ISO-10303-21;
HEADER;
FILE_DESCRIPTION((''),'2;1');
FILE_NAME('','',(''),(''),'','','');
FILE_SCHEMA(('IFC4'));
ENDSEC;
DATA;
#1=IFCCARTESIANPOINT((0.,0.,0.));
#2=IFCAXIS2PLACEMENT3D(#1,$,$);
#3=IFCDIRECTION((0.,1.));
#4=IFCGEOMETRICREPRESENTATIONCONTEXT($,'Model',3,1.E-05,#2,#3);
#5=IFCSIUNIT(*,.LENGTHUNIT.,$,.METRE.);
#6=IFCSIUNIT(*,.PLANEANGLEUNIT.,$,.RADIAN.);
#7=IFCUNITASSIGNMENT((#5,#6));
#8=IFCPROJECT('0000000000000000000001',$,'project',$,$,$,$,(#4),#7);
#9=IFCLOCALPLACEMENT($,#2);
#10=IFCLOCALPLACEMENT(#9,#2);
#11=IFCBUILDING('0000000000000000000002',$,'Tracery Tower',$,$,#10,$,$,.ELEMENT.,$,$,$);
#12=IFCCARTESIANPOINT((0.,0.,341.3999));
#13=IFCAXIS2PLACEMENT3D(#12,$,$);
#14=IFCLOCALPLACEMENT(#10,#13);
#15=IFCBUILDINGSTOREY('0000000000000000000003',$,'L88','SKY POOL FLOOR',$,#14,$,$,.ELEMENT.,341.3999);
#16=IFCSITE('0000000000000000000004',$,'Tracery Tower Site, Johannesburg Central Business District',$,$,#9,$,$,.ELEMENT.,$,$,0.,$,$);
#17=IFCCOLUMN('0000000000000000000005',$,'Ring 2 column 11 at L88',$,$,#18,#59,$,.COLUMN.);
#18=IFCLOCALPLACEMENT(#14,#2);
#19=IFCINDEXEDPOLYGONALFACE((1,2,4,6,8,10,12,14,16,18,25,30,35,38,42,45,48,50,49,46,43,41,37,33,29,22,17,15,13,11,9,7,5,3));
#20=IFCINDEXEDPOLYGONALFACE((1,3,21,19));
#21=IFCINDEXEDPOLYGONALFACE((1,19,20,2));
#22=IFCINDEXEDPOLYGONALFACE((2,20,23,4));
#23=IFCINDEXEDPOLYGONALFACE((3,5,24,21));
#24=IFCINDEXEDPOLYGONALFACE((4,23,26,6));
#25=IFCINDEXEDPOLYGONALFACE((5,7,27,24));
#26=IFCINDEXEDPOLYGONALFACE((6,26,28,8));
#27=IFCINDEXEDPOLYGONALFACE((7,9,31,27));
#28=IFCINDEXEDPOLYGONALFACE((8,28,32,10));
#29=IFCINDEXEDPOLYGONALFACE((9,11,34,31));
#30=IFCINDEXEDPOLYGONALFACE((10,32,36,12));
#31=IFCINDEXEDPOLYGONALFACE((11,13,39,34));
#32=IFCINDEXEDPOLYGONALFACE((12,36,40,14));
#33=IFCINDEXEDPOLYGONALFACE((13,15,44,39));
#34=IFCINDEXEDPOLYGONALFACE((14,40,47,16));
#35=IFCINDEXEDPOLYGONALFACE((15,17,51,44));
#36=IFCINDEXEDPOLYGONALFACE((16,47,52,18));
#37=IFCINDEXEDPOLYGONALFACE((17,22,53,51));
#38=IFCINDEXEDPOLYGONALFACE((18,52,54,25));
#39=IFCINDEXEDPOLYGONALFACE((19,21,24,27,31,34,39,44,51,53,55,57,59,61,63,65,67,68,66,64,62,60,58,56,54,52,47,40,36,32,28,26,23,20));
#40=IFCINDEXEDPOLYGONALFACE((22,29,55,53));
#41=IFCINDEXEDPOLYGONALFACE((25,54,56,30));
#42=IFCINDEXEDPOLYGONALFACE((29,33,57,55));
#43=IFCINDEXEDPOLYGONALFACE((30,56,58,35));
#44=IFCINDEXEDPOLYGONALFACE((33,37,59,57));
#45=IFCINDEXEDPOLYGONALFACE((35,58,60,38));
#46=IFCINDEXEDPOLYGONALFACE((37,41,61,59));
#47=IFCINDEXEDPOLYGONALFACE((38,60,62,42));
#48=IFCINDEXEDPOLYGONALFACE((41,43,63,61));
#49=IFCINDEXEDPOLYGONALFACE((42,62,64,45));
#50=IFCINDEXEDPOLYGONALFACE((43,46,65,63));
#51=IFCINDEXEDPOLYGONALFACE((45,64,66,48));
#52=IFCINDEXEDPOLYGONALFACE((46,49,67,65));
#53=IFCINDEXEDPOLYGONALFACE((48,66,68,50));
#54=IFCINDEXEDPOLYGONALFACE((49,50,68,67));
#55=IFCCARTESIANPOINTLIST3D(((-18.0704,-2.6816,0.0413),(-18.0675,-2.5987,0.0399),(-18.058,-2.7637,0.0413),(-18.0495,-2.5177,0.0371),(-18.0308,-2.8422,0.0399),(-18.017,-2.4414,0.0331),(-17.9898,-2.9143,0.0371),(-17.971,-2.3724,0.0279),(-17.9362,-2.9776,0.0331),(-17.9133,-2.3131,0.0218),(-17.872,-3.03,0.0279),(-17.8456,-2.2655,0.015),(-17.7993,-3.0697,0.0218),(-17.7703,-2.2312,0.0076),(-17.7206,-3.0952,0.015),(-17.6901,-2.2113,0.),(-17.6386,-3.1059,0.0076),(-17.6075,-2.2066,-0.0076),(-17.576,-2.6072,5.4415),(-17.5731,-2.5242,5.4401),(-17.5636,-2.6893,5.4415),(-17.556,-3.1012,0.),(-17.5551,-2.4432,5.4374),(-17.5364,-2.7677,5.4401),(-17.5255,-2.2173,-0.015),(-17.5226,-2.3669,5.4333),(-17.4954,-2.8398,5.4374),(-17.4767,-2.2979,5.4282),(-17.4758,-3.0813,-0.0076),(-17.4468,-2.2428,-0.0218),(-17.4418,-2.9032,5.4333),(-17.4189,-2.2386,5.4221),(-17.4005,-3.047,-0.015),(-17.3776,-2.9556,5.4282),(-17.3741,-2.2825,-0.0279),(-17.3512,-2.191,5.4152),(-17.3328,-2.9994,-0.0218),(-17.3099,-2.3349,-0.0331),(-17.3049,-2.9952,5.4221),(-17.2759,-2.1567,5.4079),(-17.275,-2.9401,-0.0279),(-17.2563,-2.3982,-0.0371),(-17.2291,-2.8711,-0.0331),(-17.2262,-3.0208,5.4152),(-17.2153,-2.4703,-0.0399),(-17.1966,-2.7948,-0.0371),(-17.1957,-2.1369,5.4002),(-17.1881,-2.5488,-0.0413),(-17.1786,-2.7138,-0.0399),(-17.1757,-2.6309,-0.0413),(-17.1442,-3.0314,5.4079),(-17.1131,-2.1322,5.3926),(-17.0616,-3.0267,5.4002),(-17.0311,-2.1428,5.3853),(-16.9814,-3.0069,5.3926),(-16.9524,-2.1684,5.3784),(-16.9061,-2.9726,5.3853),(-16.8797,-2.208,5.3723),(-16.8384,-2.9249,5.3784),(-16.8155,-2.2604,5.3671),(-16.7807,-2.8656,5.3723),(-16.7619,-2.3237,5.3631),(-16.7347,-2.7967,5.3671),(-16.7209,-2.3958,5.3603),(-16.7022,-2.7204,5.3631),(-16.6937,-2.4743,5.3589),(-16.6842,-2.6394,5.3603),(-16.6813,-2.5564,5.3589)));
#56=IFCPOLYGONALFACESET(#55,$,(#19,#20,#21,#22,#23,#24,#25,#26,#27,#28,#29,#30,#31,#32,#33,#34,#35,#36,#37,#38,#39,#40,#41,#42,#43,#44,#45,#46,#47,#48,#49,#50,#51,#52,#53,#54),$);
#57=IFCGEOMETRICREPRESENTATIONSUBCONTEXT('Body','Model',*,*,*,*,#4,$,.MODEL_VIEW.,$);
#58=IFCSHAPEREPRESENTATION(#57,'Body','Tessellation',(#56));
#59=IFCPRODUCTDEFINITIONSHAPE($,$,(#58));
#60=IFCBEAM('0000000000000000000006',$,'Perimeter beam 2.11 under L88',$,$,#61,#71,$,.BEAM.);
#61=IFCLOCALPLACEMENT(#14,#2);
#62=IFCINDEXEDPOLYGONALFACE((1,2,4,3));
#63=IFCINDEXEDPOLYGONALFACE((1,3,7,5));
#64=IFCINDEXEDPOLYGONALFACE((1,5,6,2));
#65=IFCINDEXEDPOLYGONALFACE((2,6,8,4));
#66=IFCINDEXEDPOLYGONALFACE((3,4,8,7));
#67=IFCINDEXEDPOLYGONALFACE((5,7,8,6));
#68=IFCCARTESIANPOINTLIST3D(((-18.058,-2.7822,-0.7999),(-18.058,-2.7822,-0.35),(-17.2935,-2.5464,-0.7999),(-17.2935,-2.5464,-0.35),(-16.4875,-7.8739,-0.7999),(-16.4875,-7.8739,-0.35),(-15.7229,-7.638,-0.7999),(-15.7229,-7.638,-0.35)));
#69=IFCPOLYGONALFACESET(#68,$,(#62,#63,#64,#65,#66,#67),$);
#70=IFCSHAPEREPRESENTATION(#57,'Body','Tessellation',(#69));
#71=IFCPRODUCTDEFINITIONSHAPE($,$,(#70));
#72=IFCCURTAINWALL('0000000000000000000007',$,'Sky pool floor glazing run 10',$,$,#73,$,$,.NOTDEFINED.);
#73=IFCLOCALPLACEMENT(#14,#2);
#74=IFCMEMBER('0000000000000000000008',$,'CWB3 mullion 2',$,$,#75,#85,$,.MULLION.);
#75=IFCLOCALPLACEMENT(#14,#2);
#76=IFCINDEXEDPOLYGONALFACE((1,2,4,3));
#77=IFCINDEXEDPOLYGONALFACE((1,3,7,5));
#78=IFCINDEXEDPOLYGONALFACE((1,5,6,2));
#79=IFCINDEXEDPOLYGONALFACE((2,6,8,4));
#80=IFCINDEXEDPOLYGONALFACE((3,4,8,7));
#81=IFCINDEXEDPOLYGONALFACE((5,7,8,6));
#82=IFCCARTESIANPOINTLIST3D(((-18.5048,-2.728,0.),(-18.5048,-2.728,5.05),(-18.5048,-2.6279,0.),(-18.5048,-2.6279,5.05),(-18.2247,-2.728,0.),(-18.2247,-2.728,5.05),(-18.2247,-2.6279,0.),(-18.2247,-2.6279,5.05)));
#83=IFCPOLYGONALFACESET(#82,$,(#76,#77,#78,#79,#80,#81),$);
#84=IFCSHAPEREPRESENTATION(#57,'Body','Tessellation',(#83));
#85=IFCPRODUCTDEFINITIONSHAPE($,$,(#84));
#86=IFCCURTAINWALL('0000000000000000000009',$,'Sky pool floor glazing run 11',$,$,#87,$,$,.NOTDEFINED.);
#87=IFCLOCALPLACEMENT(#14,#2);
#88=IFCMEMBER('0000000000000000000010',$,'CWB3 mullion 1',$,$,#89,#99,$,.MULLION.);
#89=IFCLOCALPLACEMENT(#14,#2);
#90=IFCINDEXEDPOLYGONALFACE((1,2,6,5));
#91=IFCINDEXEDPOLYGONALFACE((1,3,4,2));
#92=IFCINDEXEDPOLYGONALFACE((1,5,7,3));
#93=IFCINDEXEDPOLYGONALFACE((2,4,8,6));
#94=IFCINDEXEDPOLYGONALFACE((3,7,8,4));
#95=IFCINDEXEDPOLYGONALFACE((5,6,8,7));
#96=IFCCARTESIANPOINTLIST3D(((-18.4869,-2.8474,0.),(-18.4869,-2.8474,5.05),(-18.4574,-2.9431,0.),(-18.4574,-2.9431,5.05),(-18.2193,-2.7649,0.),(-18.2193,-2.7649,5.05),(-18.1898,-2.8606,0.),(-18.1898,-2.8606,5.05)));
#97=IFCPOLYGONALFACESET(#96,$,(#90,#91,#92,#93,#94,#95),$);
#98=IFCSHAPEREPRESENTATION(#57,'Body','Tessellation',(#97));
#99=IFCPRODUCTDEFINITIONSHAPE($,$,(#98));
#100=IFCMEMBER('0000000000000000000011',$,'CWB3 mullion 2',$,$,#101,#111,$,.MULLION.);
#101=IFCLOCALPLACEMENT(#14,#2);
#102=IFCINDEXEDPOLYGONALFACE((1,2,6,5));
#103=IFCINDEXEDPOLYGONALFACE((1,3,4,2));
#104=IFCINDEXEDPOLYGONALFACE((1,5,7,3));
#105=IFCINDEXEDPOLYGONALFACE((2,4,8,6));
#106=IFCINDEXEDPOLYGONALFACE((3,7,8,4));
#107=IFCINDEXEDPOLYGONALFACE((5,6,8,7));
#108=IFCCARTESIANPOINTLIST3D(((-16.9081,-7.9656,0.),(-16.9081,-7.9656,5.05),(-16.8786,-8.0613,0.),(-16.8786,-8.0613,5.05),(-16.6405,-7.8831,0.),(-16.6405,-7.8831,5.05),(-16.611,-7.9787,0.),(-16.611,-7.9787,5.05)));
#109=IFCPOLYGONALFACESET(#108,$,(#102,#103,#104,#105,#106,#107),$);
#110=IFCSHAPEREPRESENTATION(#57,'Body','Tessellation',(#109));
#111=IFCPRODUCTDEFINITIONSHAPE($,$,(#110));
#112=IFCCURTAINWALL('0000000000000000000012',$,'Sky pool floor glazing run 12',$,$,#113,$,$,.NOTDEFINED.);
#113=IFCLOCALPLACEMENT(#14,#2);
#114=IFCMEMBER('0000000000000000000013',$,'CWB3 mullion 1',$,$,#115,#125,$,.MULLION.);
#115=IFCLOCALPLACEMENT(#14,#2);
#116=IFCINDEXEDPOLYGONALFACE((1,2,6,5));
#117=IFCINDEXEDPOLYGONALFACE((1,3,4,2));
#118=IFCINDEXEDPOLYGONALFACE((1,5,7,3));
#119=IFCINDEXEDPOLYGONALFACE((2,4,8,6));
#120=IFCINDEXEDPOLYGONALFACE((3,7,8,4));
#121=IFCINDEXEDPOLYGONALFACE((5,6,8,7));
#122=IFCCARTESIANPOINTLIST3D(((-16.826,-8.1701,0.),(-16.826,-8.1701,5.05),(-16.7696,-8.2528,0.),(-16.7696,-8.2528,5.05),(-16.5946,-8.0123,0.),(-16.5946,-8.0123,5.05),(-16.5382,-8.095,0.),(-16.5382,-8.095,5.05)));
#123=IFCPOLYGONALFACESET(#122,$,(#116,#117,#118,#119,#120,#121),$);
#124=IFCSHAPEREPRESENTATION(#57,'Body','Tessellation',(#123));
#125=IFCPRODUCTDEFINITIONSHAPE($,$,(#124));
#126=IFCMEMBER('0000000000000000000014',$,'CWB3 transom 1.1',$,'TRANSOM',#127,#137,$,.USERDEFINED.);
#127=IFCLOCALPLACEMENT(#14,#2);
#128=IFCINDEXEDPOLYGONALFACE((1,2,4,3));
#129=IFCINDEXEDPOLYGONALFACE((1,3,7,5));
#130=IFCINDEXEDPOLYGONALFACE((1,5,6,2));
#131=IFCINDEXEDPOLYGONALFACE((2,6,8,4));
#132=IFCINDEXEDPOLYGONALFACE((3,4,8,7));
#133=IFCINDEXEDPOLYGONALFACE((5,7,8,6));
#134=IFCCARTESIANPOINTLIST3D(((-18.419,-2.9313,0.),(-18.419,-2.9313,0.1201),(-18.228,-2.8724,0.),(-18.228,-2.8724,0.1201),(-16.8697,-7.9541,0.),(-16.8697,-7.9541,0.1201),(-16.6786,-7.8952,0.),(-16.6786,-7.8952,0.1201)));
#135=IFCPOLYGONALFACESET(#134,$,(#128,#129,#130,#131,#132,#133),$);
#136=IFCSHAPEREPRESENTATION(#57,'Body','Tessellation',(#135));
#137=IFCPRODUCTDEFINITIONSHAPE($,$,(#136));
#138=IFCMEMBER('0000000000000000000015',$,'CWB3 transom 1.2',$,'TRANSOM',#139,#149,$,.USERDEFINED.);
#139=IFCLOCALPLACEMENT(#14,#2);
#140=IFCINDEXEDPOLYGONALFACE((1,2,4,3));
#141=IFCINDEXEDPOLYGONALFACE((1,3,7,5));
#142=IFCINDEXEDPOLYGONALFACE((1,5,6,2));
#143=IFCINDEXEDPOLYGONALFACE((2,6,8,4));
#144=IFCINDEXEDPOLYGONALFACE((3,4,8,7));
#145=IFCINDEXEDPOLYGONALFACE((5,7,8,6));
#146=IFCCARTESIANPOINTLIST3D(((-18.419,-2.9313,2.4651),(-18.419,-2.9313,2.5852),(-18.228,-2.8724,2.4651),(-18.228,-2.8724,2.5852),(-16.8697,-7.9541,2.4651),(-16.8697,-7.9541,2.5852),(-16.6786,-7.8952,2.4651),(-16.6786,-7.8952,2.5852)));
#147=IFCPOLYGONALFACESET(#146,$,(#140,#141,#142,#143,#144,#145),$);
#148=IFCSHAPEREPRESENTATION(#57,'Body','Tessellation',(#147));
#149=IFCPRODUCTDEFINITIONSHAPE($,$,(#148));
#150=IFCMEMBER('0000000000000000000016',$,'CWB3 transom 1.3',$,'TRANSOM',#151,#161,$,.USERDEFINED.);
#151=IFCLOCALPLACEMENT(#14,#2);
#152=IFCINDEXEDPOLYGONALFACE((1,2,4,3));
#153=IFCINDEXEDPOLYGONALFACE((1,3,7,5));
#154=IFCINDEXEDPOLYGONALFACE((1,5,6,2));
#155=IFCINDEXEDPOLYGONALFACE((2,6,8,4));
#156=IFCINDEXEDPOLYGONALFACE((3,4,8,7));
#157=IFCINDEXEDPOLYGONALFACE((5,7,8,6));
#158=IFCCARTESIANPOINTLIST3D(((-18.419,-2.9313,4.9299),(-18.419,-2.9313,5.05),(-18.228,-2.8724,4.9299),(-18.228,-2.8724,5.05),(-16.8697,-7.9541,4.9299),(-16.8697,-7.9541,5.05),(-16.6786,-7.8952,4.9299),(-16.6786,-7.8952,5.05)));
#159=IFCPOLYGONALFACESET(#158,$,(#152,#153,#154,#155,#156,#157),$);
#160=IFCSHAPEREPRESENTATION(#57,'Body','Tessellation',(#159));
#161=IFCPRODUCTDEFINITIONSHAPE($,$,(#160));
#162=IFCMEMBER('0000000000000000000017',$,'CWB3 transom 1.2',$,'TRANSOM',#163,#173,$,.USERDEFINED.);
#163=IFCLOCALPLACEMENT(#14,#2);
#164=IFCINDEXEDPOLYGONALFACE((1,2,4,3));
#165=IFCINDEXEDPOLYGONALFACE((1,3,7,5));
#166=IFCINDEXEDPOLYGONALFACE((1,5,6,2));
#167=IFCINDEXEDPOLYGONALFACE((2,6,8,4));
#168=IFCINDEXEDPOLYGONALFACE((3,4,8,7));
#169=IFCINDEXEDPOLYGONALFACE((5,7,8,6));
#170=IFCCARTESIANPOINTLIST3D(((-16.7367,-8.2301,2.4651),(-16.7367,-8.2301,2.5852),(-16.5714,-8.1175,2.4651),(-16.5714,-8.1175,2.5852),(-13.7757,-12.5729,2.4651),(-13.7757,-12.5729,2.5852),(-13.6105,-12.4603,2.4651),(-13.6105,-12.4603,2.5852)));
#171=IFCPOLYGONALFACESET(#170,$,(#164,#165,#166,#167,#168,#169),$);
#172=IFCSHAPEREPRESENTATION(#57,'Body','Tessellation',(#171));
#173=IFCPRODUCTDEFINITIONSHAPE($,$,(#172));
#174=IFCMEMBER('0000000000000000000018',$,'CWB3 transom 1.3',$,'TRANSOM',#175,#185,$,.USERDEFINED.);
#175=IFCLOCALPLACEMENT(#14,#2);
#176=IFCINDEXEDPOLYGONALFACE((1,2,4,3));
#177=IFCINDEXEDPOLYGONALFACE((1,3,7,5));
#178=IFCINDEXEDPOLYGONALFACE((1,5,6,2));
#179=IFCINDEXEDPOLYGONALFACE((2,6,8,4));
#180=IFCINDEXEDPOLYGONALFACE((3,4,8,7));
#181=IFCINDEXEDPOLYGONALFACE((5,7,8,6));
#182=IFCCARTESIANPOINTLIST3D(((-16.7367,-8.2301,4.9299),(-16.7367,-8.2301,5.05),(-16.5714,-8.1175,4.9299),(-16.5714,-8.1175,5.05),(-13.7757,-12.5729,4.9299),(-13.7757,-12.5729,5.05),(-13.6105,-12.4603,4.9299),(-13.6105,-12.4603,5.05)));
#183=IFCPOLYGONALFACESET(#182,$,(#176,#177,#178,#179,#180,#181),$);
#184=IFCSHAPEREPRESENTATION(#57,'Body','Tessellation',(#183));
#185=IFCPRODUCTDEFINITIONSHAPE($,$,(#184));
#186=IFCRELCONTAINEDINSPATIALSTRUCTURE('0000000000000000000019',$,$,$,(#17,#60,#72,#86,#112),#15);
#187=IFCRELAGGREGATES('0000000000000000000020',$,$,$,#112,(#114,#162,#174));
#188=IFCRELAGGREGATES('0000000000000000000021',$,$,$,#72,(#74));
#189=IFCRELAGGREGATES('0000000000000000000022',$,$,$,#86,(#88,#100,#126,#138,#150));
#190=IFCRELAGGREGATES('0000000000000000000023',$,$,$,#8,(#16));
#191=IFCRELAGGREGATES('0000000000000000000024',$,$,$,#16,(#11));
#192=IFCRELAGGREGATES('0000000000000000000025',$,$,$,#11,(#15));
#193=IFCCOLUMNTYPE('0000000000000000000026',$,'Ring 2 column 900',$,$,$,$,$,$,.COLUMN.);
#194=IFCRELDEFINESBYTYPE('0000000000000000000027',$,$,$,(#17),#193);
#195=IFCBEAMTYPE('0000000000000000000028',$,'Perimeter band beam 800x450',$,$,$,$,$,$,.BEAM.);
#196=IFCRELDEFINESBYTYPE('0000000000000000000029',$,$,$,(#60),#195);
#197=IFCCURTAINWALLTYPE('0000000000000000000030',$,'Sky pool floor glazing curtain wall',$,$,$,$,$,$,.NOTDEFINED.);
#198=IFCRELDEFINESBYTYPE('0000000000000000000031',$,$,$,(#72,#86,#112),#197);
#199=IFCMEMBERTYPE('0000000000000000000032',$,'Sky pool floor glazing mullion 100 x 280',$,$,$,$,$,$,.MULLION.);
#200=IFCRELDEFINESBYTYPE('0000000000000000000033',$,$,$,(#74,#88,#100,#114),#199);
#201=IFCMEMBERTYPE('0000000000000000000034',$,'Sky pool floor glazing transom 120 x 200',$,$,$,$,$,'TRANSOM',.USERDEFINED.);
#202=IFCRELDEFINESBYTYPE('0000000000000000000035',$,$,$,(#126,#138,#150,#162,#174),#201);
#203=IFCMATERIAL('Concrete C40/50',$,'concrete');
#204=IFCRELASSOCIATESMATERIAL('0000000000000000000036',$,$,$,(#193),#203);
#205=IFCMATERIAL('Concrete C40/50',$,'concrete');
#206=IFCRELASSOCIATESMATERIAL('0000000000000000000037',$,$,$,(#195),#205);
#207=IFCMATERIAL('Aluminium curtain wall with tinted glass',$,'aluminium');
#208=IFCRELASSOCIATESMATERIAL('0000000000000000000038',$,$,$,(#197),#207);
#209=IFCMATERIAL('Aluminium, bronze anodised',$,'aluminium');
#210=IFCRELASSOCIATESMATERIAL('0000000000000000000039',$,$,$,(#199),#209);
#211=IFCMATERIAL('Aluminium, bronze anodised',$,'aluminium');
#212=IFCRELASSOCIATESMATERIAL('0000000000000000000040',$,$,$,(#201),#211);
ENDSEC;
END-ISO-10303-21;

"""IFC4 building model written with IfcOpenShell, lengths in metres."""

from ifc_helpers import new_model, si_unit, direction, frame, origin, origin_2d, place, context, subcontext, project, spatial, rectangle, circle, extrude, material, material_profile, profile_set, type_object, element, aggregate, save


model = new_model("IFC4")

# Units and contexts
model_context = context("Model", 3, precision=1e-05, world=origin(), true_north=direction((0.0, 1.0)))
body_context = subcontext(model_context, "Body", "Model", "MODEL_VIEW")
ifc_project = project(units=[si_unit("LENGTHUNIT", "METRE"), si_unit("PLANEANGLEUNIT", "RADIAN")], contexts=[model_context])

# Site, building, storey
site_placement = place(None, origin())
site = spatial("IfcSite", under=ifc_project, at=site_placement, Name="Tracery Tower Site, Johannesburg Central Business District", CompositionType="ELEMENT", RefElevation=0.0)
building_placement = place(site_placement, origin())
building = spatial("IfcBuilding", under=site, at=building_placement, Name="Tracery Tower", CompositionType="ELEMENT")
storey_placement = place(building_placement, frame((0.0, 0.0, 341.3999)))
storey = spatial("IfcBuildingStorey", under=building, at=storey_placement, Name="L88", Description="SKY POOL FLOOR", CompositionType="ELEMENT", Elevation=341.3999)

# Column
ifc_material_1 = material(Name="Concrete C40/50", Category="concrete")
ifc_material_profile_1 = material_profile(ifc_material_1, circle(Radius=0.45, at=origin_2d()), Name="RC D900")
ifc_profile_set_1 = profile_set([ifc_material_profile_1], Name="Concrete C40/50")
column_type = type_object("IfcColumnType", Name="Ring 2 column 900", PredefinedType="COLUMN", material=ifc_profile_set_1)
column_placement = place(storey_placement, frame((-17.623, -2.6562, 0.0), z_axis=(0.09116, 0.01373, 0.995742), x_axis=(-0.148937, 0.988847, 0.0)))
element("IfcColumn", 1, at=column_placement, inside=storey, type_object=column_type, Name="Ring 2 column 11 at L88", PredefinedType="COLUMN", context=body_context, shape_type="SweptSolid", body=[
    extrude(circle(Radius=0.45, at=origin_2d()), origin(), (0.0, 0.0, 1.0), 5.4233),
])

# Beam
ifc_material_2 = material(Name="Concrete C40/50", Category="concrete")
ifc_material_profile_2 = material_profile(ifc_material_2, rectangle(XDim=0.8, YDim=0.45, at=origin_2d()), Name="RC 800x450")
ifc_profile_set_2 = profile_set([ifc_material_profile_2], Name="Concrete C40/50")
beam_type = type_object("IfcBeamType", Name="Perimeter band beam 800x450", PredefinedType="BEAM", material=ifc_profile_set_2)
beam_placement = place(storey_placement, frame((-17.6758, -2.6643, -0.575), z_axis=(0.294759, -0.955572, 0.0), x_axis=(0.955572, 0.294759, 0.0)))
element("IfcBeam", 2, at=beam_placement, inside=storey, type_object=beam_type, Name="Perimeter beam 2.11 under L88", PredefinedType="BEAM", context=body_context, shape_type="SweptSolid", body=[
    extrude(rectangle(XDim=0.8, YDim=0.45, at=origin_2d()), origin(), (0.0, 0.0, 1.0), 5.3284),
])

# Curtain wall, member
ifc_material_3 = material(Name="Aluminium curtain wall with tinted glass", Category="aluminium")
curtain_wall_type = type_object("IfcCurtainWallType", Name="Sky pool floor glazing curtain wall", PredefinedType="NOTDEFINED", material=ifc_material_3)
curtain_wall_1_placement = place(storey_placement, origin())
curtain_wall_1 = element("IfcCurtainWall", 3, at=curtain_wall_1_placement, inside=storey, type_object=curtain_wall_type, Name="Sky pool floor glazing run 10", PredefinedType="NOTDEFINED")
ifc_material_4 = material(Name="Aluminium, bronze anodised", Category="aluminium")
ifc_material_profile_3 = material_profile(ifc_material_4, rectangle(XDim=0.28, YDim=0.1001, at=origin_2d()), Name="Sky pool floor glazing mullion 100 x 280")
ifc_profile_set_3 = profile_set([ifc_material_profile_3], Name="Aluminium, bronze anodised")
member_type_1 = type_object("IfcMemberType", Name="Sky pool floor glazing mullion 100 x 280", PredefinedType="MULLION", material=ifc_profile_set_3)
member_1_placement = place(storey_placement, frame((-18.3647, -2.678, 0.0), z_axis=(0.0, 0.0, 1.0), x_axis=(1.0, 0.0, 0.0)))
member_1 = element("IfcMember", 4, at=member_1_placement, type_object=member_type_1, Name="CWB3 mullion 2", PredefinedType="MULLION", context=body_context, shape_type="SweptSolid", body=[
    extrude(rectangle(XDim=0.28, YDim=0.1001, at=origin_2d()), origin(), (0.0, 0.0, 1.0), 5.05),
])

# Curtain wall, members
curtain_wall_2_placement = place(storey_placement, origin())
curtain_wall_2 = element("IfcCurtainWall", 5, at=curtain_wall_2_placement, inside=storey, type_object=curtain_wall_type, Name="Sky pool floor glazing run 11", PredefinedType="NOTDEFINED")
member_2_placement = place(storey_placement, frame((-18.3384, -2.854, 0.0), z_axis=(0.0, 0.0, 1.0), x_axis=(0.955574, 0.294753, 0.0)))
member_2 = element("IfcMember", 6, at=member_2_placement, type_object=member_type_1, Name="CWB3 mullion 1", PredefinedType="MULLION", context=body_context, shape_type="SweptSolid", body=[
    extrude(rectangle(XDim=0.28, YDim=0.1001, at=origin_2d()), origin(), (0.0, 0.0, 1.0), 5.05),
])
member_3_placement = place(storey_placement, frame((-16.7595, -7.9722, 0.0), z_axis=(0.0, 0.0, 1.0), x_axis=(0.955574, 0.294753, 0.0)))
member_3 = element("IfcMember", 7, at=member_3_placement, type_object=member_type_1, Name="CWB3 mullion 2", PredefinedType="MULLION", context=body_context, shape_type="SweptSolid", body=[
    extrude(rectangle(XDim=0.28, YDim=0.1001, at=origin_2d()), origin(), (0.0, 0.0, 1.0), 5.05),
])

# Curtain wall, member
curtain_wall_3_placement = place(storey_placement, origin())
curtain_wall_3 = element("IfcCurtainWall", 8, at=curtain_wall_3_placement, inside=storey, type_object=curtain_wall_type, Name="Sky pool floor glazing run 12", PredefinedType="NOTDEFINED")
member_4_placement = place(storey_placement, frame((-16.6821, -8.1326, 0.0), z_axis=(0.0, 0.0, 1.0), x_axis=(0.826245, 0.563311, 0.0)))
member_4 = element("IfcMember", 9, at=member_4_placement, type_object=member_type_1, Name="CWB3 mullion 1", PredefinedType="MULLION", context=body_context, shape_type="SweptSolid", body=[
    extrude(rectangle(XDim=0.28, YDim=0.1001, at=origin_2d()), origin(), (0.0, 0.0, 1.0), 5.05),
])

# Members
ifc_material_5 = material(Name="Aluminium, bronze anodised", Category="aluminium")
ifc_material_profile_4 = material_profile(ifc_material_5, rectangle(XDim=0.2, YDim=0.1201, at=origin_2d()), Name="Sky pool floor glazing transom 120 x 200")
ifc_profile_set_4 = profile_set([ifc_material_profile_4], Name="Aluminium, bronze anodised")
member_type_2 = type_object("IfcMemberType", Name="Sky pool floor glazing transom 120 x 200", ElementType="TRANSOM", PredefinedType="USERDEFINED", material=ifc_profile_set_4)
member_5_placement = place(storey_placement, frame((-18.3235, -2.9019, 0.0601), z_axis=(0.294758, -0.955572, 0.0), x_axis=(0.955572, 0.294758, 0.0)))
member_5 = element("IfcMember", 10, at=member_5_placement, type_object=member_type_2, Name="CWB3 transom 1.1", ObjectType="TRANSOM", PredefinedType="USERDEFINED", context=body_context, shape_type="SweptSolid", body=[
    extrude(rectangle(XDim=0.2, YDim=0.1201, at=origin_2d()), origin(), (0.0, 0.0, 1.0), 5.2563),
])
member_6_placement = place(storey_placement, frame((-18.3235, -2.9019, 2.5251), z_axis=(0.294758, -0.955572, 0.0), x_axis=(0.955572, 0.294758, 0.0)))
member_6 = element("IfcMember", 11, at=member_6_placement, type_object=member_type_2, Name="CWB3 transom 1.2", ObjectType="TRANSOM", PredefinedType="USERDEFINED", context=body_context, shape_type="SweptSolid", body=[
    extrude(rectangle(XDim=0.2, YDim=0.1201, at=origin_2d()), origin(), (0.0, 0.0, 1.0), 5.2563),
])
member_7_placement = place(storey_placement, frame((-18.3235, -2.9019, 4.99), z_axis=(0.294758, -0.955572, 0.0), x_axis=(0.955572, 0.294758, 0.0)))
member_7 = element("IfcMember", 12, at=member_7_placement, type_object=member_type_2, Name="CWB3 transom 1.3", ObjectType="TRANSOM", PredefinedType="USERDEFINED", context=body_context, shape_type="SweptSolid", body=[
    extrude(rectangle(XDim=0.2, YDim=0.1201, at=origin_2d()), origin(), (0.0, 0.0, 1.0), 5.2563),
])
member_8_placement = place(storey_placement, frame((-16.6541, -8.1738, 2.5251), z_axis=(0.563331, -0.826231, 0.0), x_axis=(0.826231, 0.563331, 0.0)))
member_8 = element("IfcMember", 13, at=member_8_placement, type_object=member_type_2, Name="CWB3 transom 1.2", ObjectType="TRANSOM", PredefinedType="USERDEFINED", context=body_context, shape_type="SweptSolid", body=[
    extrude(rectangle(XDim=0.2, YDim=0.1201, at=origin_2d()), origin(), (0.0, 0.0, 1.0), 5.2561),
])
member_9_placement = place(storey_placement, frame((-16.6541, -8.1738, 4.99), z_axis=(0.563331, -0.826231, 0.0), x_axis=(0.826231, 0.563331, 0.0)))
member_9 = element("IfcMember", 14, at=member_9_placement, type_object=member_type_2, Name="CWB3 transom 1.3", ObjectType="TRANSOM", PredefinedType="USERDEFINED", context=body_context, shape_type="SweptSolid", body=[
    extrude(rectangle(XDim=0.2, YDim=0.1201, at=origin_2d()), origin(), (0.0, 0.0, 1.0), 5.2561),
])
aggregate(curtain_wall_3, [member_4, member_8, member_9])

aggregate(curtain_wall_1, [member_1])
aggregate(curtain_wall_2, [member_2, member_3, member_5, member_6, member_7])

save(model, "model.ifc")
